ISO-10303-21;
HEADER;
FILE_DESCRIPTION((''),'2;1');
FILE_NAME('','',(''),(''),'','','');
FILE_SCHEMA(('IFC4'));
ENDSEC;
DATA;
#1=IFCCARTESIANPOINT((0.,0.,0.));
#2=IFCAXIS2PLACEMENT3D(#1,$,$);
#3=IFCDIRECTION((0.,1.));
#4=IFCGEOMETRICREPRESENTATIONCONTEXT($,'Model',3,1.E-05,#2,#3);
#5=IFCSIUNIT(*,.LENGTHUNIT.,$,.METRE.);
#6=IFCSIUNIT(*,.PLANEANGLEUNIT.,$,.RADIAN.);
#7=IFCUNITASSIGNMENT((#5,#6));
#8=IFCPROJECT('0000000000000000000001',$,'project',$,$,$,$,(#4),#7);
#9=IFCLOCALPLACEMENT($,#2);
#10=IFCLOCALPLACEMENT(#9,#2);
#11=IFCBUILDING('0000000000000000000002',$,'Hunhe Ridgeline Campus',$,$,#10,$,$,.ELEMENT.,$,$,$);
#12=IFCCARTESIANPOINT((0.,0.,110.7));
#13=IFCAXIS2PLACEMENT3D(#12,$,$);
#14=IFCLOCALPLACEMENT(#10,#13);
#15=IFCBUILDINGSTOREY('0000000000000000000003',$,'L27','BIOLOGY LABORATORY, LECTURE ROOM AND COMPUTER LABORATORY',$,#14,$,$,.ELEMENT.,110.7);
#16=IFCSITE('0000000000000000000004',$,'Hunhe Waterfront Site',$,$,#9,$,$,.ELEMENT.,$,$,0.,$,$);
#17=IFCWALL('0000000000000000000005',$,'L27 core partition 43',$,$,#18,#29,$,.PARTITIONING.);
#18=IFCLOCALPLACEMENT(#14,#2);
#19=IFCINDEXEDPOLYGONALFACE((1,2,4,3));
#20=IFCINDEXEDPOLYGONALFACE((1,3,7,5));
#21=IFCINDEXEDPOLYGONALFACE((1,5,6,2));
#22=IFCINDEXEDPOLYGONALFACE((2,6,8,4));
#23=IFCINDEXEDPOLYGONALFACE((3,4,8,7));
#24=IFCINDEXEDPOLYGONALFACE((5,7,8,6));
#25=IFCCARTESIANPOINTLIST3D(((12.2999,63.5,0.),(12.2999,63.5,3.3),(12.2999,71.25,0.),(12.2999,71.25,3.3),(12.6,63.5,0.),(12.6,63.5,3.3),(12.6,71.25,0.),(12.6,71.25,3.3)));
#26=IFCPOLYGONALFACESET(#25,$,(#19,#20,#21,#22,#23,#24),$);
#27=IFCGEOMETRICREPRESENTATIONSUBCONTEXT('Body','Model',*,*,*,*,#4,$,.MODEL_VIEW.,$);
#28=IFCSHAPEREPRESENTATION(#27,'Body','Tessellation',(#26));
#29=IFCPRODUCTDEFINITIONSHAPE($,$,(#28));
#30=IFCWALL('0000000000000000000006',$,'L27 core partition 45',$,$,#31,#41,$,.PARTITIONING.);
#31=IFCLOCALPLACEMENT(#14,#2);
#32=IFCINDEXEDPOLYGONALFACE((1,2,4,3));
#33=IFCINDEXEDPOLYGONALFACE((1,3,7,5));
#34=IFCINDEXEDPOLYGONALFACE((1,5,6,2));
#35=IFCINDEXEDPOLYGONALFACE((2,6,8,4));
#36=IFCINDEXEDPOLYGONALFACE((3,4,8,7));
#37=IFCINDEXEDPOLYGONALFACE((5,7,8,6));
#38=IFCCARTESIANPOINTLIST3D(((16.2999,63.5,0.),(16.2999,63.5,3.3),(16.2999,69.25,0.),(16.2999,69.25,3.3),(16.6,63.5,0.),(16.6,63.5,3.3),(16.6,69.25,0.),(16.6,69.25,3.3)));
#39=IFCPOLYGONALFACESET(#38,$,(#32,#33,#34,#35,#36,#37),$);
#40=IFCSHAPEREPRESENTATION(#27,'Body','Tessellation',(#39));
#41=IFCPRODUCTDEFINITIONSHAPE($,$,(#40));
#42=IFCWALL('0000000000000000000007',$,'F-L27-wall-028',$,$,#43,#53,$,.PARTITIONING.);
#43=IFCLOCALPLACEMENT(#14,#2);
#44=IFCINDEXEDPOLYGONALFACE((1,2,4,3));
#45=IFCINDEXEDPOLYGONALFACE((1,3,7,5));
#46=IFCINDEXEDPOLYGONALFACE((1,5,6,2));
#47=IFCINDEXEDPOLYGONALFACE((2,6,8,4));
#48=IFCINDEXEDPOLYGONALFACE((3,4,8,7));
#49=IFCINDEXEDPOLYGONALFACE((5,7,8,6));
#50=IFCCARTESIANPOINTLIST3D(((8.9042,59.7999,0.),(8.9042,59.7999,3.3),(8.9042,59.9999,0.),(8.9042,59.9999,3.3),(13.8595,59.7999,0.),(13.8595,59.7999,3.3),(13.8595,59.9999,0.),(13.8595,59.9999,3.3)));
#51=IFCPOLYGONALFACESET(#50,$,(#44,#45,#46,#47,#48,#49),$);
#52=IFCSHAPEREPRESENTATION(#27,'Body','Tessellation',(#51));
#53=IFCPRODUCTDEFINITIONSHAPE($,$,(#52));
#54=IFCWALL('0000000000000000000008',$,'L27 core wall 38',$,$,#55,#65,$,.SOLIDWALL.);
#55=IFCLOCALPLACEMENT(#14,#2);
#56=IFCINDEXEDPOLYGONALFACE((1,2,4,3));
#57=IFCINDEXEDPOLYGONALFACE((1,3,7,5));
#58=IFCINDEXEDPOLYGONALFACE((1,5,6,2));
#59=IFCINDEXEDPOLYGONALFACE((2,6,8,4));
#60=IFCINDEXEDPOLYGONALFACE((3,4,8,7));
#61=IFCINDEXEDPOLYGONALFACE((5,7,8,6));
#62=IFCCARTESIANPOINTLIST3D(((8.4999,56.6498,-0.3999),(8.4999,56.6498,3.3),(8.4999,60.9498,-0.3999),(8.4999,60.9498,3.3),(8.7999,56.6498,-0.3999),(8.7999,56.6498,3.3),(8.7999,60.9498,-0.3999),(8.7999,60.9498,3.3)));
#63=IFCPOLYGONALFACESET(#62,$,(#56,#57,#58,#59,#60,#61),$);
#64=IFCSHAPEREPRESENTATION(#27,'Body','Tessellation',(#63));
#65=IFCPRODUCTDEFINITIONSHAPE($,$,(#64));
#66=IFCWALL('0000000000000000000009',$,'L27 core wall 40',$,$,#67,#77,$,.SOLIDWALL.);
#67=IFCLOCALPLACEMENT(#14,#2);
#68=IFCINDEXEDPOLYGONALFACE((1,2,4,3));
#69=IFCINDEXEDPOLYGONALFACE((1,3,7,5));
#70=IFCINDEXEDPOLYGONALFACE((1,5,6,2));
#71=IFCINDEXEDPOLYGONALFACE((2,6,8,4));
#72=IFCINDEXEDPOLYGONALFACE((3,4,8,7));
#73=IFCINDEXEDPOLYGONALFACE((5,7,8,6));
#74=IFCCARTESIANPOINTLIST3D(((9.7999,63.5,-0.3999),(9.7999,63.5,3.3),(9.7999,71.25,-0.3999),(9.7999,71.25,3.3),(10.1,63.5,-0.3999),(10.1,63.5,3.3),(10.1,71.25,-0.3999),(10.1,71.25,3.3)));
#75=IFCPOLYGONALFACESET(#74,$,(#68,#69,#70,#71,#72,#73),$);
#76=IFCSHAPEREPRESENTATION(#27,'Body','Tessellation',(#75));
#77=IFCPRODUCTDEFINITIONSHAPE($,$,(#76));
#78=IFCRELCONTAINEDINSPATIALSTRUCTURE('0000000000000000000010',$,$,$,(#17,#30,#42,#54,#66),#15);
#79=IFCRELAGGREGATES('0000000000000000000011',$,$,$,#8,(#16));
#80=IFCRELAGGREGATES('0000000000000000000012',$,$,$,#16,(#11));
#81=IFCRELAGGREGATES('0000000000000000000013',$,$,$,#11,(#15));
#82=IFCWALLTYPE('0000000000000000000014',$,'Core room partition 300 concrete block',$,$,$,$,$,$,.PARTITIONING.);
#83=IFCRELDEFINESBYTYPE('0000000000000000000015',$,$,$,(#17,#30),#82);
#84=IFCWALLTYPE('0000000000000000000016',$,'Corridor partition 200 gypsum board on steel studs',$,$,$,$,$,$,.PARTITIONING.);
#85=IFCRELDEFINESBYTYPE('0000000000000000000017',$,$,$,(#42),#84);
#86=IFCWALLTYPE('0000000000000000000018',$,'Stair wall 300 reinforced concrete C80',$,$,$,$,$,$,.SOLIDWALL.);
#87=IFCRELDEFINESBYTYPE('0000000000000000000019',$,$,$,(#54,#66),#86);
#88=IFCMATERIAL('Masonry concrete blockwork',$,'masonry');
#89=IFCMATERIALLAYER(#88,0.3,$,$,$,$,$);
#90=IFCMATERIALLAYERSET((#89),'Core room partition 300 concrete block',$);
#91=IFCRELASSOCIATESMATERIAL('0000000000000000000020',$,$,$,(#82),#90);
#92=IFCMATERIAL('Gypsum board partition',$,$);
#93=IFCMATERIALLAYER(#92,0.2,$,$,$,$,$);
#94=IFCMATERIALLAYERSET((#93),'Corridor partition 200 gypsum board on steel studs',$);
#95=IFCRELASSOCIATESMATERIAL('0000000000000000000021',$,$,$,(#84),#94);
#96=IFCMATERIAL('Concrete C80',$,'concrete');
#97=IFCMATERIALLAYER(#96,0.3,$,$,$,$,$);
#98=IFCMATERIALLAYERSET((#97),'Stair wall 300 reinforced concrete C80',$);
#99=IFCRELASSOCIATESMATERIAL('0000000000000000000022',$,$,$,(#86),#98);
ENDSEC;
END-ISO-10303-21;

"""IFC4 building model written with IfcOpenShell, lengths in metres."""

from ifc_helpers import new_model, si_unit, direction, frame, frame_2d, origin, place, context, subcontext, project, spatial, rectangle, extrude, material, layer, layer_set, type_object, element, save


model = new_model("IFC4")

# Units and contexts
model_context = context("Model", 3, precision=1e-05, world=origin(), true_north=direction((0.0, 1.0)))
body_context = subcontext(model_context, "Body", "Model", "MODEL_VIEW")
ifc_project = project(units=[si_unit("LENGTHUNIT", "METRE"), si_unit("PLANEANGLEUNIT", "RADIAN")], contexts=[model_context])

# Site, building, storey
site_placement = place(None, origin())
site = spatial("IfcSite", under=ifc_project, at=site_placement, Name="Hunhe Waterfront Site", CompositionType="ELEMENT", RefElevation=0.0)
building_placement = place(site_placement, origin())
building = spatial("IfcBuilding", under=site, at=building_placement, Name="Hunhe Ridgeline Campus", CompositionType="ELEMENT")
storey_placement = place(building_placement, frame((0.0, 0.0, 110.7)))
storey = spatial("IfcBuildingStorey", under=building, at=storey_placement, Name="L27", Description="BIOLOGY LABORATORY, LECTURE ROOM AND COMPUTER LABORATORY", CompositionType="ELEMENT", Elevation=110.7)

# Shared definitions
ifc_material_1 = material(Name="Masonry concrete blockwork", Category="masonry")
ifc_layer_1 = layer(ifc_material_1, 0.3)
ifc_layer_set_1 = layer_set([ifc_layer_1], Name="Core room partition 300 concrete block")
wall_type_1 = type_object("IfcWallType", Name="Core room partition 300 concrete block", PredefinedType="PARTITIONING", material=ifc_layer_set_1)

# Walls
wall_1_placement = place(storey_placement, frame((12.45, 63.5, 0.0), z_axis=(0.0, 0.0, 1.0), x_axis=(0.0, 1.0, 0.0)))
element("IfcWall", 1, at=wall_1_placement, inside=storey, type_object=wall_type_1, Name="L27 core partition 43", PredefinedType="PARTITIONING", context=body_context, shape_type="SweptSolid", body=[
    extrude(rectangle(XDim=7.75, YDim=0.3, at=frame_2d((3.875, 0.0))), origin(), (0.0, 0.0, 1.0), 3.3),
])
wall_2_placement = place(storey_placement, frame((16.45, 63.5, 0.0), z_axis=(0.0, 0.0, 1.0), x_axis=(0.0, 1.0, 0.0)))
element("IfcWall", 2, at=wall_2_placement, inside=storey, type_object=wall_type_1, Name="L27 core partition 45", PredefinedType="PARTITIONING", context=body_context, shape_type="SweptSolid", body=[
    extrude(rectangle(XDim=5.75, YDim=0.3, at=frame_2d((2.875, 0.0))), origin(), (0.0, 0.0, 1.0), 3.3),
])
ifc_material_2 = material(Name="Gypsum board partition")
ifc_layer_2 = layer(ifc_material_2, 0.2)
ifc_layer_set_2 = layer_set([ifc_layer_2], Name="Corridor partition 200 gypsum board on steel studs")
wall_type_2 = type_object("IfcWallType", Name="Corridor partition 200 gypsum board on steel studs", PredefinedType="PARTITIONING", material=ifc_layer_set_2)
wall_3_placement = place(storey_placement, frame((13.8594, 59.8999, 0.0), z_axis=(0.0, 0.0, 1.0), x_axis=(-1.0, 0.0, 0.0)))
element("IfcWall", 3, at=wall_3_placement, inside=storey, type_object=wall_type_2, Name="F-L27-wall-028", PredefinedType="PARTITIONING", context=body_context, shape_type="SweptSolid", body=[
    extrude(rectangle(XDim=4.9553, YDim=0.2, at=frame_2d((2.4775, 0.0))), origin(), (0.0, 0.0, 1.0), 3.3),
])

# Walls
ifc_material_3 = material(Name="Concrete C80", Category="concrete")
ifc_layer_3 = layer(ifc_material_3, 0.3)
ifc_layer_set_3 = layer_set([ifc_layer_3], Name="Stair wall 300 reinforced concrete C80")
wall_type_3 = type_object("IfcWallType", Name="Stair wall 300 reinforced concrete C80", PredefinedType="SOLIDWALL", material=ifc_layer_set_3)
wall_4_placement = place(storey_placement, frame((8.6499, 56.6499, -0.3999), z_axis=(0.0, 0.0, 1.0), x_axis=(0.0, 1.0, 0.0)))
element("IfcWall", 4, at=wall_4_placement, inside=storey, type_object=wall_type_3, Name="L27 core wall 38", PredefinedType="SOLIDWALL", context=body_context, shape_type="SweptSolid", body=[
    extrude(rectangle(XDim=4.3, YDim=0.3, at=frame_2d((2.1499, 0.0))), origin(), (0.0, 0.0, 1.0), 3.7),
])
wall_5_placement = place(storey_placement, frame((9.95, 63.5, -0.3999), z_axis=(0.0, 0.0, 1.0), x_axis=(0.0, 1.0, 0.0)))
element("IfcWall", 5, at=wall_5_placement, inside=storey, type_object=wall_type_3, Name="L27 core wall 40", PredefinedType="SOLIDWALL", context=body_context, shape_type="SweptSolid", body=[
    extrude(rectangle(XDim=7.75, YDim=0.3, at=frame_2d((3.875, 0.0))), origin(), (0.0, 0.0, 1.0), 3.7),
])

save(model, "model.ifc")
